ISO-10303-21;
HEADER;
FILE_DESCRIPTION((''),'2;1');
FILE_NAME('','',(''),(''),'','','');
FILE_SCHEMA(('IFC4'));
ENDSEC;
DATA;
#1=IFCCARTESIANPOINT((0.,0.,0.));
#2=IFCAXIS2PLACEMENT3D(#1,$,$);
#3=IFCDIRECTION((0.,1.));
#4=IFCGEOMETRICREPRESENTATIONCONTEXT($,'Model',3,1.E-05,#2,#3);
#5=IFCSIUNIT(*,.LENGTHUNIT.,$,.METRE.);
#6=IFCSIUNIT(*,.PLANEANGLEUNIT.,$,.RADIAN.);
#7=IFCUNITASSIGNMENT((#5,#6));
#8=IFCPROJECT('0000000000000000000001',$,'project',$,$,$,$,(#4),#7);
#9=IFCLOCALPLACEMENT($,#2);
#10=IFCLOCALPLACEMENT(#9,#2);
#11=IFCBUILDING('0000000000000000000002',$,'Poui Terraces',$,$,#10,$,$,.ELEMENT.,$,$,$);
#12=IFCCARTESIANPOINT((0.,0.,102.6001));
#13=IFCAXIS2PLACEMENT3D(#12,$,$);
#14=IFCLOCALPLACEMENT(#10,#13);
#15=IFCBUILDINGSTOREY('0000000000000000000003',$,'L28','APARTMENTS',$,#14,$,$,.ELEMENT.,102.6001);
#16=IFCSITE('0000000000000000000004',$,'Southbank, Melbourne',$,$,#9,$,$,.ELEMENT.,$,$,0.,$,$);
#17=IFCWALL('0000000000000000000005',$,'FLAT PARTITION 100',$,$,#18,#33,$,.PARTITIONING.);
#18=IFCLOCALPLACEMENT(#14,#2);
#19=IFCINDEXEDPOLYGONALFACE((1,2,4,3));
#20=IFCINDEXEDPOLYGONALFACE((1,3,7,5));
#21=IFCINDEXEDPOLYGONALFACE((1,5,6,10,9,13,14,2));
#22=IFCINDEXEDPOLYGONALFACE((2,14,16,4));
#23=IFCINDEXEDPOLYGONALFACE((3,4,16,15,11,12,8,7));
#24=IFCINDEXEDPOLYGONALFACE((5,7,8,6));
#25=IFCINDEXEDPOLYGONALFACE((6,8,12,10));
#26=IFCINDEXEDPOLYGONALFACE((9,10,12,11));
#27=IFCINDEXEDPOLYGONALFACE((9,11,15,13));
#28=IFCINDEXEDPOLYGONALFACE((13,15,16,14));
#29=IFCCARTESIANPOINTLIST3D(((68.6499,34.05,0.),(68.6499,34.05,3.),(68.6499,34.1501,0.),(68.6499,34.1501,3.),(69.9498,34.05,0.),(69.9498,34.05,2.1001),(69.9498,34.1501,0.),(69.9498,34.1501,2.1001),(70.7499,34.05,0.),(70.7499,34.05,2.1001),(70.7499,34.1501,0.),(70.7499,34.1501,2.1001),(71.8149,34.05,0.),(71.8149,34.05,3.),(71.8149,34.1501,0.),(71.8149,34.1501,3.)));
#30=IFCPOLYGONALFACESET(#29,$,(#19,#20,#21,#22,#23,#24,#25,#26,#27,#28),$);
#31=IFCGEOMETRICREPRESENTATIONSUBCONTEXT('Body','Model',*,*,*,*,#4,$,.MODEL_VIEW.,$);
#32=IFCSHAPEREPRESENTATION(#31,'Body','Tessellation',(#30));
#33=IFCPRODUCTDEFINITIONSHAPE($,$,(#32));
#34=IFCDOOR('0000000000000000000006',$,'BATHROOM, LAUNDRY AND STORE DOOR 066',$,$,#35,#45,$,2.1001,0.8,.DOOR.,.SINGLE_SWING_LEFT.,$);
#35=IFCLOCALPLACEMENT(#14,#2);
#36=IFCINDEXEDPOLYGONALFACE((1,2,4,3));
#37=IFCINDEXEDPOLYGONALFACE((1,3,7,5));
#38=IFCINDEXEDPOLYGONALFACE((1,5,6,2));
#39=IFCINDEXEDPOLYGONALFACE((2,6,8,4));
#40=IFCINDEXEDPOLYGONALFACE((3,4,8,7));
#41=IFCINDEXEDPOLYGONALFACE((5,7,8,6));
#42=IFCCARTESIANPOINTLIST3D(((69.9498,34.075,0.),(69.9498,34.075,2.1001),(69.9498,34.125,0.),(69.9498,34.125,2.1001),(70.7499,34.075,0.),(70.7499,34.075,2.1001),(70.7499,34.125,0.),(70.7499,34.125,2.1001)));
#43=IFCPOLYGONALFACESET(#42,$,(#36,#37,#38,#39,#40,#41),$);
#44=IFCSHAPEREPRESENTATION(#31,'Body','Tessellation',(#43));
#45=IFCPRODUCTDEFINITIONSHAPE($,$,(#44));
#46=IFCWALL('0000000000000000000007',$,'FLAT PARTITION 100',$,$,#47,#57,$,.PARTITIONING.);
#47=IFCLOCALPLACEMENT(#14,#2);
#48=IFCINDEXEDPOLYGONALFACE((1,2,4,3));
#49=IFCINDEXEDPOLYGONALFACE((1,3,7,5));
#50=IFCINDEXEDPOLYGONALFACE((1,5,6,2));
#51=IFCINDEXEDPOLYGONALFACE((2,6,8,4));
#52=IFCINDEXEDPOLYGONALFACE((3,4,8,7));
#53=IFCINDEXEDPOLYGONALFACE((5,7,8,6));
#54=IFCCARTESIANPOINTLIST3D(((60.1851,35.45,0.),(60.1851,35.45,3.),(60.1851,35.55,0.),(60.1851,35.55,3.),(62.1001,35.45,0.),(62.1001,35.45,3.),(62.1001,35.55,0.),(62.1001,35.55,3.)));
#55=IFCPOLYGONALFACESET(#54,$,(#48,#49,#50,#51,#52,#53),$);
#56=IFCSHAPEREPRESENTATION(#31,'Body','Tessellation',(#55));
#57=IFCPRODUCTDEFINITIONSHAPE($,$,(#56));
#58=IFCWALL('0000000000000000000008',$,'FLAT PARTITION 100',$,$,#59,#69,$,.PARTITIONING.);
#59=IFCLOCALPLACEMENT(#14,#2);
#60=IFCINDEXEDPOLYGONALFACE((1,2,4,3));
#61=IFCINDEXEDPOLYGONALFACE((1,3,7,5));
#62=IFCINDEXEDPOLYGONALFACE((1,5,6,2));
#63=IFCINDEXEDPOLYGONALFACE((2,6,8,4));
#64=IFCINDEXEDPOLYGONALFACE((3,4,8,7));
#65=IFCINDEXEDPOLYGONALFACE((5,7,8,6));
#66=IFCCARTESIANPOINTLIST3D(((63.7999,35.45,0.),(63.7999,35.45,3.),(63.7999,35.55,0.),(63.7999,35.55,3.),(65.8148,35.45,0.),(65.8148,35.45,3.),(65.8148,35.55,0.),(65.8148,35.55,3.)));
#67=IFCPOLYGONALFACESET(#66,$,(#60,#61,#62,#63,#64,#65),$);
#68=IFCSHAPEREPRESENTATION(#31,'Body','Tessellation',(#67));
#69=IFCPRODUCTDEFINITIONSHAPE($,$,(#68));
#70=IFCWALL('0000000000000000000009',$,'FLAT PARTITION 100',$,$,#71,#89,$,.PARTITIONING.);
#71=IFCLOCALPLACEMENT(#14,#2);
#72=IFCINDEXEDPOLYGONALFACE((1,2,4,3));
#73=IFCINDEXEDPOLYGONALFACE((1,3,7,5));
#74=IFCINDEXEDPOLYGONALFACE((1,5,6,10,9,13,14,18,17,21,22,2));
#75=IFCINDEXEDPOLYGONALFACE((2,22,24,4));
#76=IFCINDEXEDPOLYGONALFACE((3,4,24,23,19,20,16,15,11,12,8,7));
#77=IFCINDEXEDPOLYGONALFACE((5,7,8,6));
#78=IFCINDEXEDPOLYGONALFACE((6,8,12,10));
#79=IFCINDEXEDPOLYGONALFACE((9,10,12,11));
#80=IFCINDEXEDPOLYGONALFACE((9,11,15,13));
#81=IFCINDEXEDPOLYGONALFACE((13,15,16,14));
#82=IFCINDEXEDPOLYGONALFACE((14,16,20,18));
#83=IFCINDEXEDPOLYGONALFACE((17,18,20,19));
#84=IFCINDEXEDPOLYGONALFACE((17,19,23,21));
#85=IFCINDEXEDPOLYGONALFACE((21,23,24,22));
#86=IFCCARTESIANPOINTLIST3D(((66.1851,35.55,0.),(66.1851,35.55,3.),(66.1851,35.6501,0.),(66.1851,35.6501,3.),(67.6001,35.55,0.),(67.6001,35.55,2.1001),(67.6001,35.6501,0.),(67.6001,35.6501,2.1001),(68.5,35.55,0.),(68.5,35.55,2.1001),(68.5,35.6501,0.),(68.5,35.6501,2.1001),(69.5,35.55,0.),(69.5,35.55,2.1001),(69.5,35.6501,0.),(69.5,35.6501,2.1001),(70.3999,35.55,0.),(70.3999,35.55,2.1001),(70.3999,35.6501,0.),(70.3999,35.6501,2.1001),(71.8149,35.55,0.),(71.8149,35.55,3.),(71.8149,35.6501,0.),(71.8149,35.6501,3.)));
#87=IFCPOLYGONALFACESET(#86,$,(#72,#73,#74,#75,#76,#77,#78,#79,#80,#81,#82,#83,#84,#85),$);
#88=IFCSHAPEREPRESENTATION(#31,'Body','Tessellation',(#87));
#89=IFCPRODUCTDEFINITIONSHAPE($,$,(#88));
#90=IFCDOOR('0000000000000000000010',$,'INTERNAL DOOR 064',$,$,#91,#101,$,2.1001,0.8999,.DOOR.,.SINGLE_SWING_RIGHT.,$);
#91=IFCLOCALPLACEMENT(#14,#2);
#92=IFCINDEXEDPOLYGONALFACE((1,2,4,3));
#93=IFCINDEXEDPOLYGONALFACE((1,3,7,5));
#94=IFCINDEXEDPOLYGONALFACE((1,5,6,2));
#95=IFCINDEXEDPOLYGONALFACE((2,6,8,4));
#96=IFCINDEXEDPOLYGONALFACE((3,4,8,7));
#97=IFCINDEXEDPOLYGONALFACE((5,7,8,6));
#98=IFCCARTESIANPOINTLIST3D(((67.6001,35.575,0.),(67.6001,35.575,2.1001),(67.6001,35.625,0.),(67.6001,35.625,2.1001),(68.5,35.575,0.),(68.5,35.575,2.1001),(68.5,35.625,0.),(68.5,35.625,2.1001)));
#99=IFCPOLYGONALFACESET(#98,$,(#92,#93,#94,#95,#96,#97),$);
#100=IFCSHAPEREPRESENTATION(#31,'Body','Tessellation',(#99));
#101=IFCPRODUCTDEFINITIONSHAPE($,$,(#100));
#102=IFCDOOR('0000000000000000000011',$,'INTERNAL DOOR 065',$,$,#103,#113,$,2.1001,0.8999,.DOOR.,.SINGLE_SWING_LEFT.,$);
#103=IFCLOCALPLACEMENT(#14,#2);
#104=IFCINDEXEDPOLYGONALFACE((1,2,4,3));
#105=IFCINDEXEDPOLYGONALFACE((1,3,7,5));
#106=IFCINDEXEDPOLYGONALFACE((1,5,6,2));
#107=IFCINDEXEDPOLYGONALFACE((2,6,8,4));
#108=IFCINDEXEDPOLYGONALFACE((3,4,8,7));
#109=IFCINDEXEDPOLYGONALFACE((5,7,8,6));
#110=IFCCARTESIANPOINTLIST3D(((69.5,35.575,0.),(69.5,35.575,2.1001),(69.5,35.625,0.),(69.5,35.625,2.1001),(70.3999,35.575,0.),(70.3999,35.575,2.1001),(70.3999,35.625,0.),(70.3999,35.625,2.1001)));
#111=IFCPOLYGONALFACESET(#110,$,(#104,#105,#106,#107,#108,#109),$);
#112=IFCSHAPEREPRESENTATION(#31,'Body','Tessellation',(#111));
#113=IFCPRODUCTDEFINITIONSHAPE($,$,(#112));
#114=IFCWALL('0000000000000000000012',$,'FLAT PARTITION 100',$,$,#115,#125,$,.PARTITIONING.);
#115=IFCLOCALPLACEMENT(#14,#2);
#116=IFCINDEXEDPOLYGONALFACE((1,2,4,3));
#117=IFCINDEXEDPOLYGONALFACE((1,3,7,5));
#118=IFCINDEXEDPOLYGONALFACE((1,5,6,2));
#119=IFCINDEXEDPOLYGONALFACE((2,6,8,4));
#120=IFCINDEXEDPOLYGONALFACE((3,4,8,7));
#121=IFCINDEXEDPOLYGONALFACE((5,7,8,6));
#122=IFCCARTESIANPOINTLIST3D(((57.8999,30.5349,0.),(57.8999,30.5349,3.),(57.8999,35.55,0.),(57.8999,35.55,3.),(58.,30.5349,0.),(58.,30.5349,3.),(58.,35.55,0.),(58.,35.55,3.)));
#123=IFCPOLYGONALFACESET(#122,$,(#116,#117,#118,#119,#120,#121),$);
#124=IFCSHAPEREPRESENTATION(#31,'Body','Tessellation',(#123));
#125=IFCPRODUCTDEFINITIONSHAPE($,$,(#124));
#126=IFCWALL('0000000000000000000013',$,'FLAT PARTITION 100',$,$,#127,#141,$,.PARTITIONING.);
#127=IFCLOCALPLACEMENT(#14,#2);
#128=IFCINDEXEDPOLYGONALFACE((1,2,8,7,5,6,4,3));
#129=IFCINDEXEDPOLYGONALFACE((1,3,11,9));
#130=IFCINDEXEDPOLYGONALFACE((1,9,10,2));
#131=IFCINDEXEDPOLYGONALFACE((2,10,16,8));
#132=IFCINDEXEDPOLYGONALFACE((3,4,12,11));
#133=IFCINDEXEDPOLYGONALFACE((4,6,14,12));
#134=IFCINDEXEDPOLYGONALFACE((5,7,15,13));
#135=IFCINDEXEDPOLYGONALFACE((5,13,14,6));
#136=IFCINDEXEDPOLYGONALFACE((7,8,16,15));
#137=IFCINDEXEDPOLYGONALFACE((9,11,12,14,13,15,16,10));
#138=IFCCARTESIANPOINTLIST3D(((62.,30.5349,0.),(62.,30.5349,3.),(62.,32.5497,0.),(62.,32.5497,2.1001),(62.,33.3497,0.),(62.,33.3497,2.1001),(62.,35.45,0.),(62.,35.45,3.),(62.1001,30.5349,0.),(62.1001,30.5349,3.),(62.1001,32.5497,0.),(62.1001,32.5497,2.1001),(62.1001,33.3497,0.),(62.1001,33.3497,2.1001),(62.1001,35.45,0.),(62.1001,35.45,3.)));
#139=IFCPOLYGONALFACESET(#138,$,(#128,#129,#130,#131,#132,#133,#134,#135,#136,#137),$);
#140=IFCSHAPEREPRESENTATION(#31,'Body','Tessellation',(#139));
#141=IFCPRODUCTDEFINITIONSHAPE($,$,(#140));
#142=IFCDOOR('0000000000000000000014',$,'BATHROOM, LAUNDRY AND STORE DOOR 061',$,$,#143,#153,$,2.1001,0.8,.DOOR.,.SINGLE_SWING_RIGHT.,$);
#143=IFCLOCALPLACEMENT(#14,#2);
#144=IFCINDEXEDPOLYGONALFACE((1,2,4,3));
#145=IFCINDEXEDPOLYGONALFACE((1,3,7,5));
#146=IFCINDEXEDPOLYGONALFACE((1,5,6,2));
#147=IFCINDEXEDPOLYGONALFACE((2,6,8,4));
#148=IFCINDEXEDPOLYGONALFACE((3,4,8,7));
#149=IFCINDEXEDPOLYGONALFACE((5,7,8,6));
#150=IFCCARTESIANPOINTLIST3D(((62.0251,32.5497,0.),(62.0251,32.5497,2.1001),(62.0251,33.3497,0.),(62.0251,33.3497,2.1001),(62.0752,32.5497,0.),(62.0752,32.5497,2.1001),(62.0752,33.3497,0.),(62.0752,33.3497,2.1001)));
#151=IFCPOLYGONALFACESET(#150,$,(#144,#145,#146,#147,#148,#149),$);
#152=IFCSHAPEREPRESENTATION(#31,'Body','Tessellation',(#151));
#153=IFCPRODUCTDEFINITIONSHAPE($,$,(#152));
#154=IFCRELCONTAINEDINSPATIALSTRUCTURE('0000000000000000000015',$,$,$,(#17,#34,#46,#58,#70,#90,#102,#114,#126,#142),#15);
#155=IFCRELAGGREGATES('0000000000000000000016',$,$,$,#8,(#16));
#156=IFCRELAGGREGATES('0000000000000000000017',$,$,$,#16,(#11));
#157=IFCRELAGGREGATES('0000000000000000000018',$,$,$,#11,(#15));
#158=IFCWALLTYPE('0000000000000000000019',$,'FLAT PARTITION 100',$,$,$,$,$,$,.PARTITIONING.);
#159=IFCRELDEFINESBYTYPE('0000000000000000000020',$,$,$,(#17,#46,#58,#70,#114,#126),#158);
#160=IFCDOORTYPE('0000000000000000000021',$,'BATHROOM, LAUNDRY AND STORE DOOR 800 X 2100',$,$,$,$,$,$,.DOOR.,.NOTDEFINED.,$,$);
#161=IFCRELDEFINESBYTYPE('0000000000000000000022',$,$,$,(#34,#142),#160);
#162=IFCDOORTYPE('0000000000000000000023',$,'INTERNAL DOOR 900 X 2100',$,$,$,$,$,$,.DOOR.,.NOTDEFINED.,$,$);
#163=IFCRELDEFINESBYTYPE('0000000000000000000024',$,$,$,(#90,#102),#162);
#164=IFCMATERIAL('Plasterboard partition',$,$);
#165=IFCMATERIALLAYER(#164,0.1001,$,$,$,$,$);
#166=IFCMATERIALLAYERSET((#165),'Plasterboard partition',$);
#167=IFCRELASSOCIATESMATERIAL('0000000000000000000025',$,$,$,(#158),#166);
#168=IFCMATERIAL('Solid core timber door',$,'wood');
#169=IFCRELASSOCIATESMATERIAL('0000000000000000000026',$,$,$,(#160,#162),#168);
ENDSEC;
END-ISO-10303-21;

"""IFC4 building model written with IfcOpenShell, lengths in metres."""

from ifc_helpers import new_model, si_unit, direction, frame, frame_2d, origin, place, context, subcontext, project, spatial, rectangle, extrude, material, layer, layer_set, type_object, element, fill, save


model = new_model("IFC4")

# Units and contexts
model_context = context("Model", 3, precision=1e-05, world=origin(), true_north=direction((0.0, 1.0)))
body_context = subcontext(model_context, "Body", "Model", "MODEL_VIEW")
ifc_project = project(units=[si_unit("LENGTHUNIT", "METRE"), si_unit("PLANEANGLEUNIT", "RADIAN")], contexts=[model_context])

# Site, building, storey
site_placement = place(None, origin())
site = spatial("IfcSite", under=ifc_project, at=site_placement, Name="Southbank, Melbourne", CompositionType="ELEMENT", RefElevation=0.0)
building_placement = place(site_placement, origin())
building = spatial("IfcBuilding", under=site, at=building_placement, Name="Poui Terraces", CompositionType="ELEMENT")
storey_placement = place(building_placement, frame((0.0, 0.0, 102.6001)))
storey = spatial("IfcBuildingStorey", under=building, at=storey_placement, Name="L28", Description="APARTMENTS", CompositionType="ELEMENT", Elevation=102.6001)

# Wall, opening, door
ifc_material_1 = material(Name="Plasterboard partition")
ifc_layer_1 = layer(ifc_material_1, 0.1001)
ifc_layer_set_1 = layer_set([ifc_layer_1], Name="Plasterboard partition")
wall_type_1 = type_object("IfcWallType", Name="FLAT PARTITION 100", PredefinedType="PARTITIONING", material=ifc_layer_set_1)
wall_1_placement = place(storey_placement, frame((68.6499, 34.1001, 0.0), z_axis=(0.0, 0.0, 1.0), x_axis=(1.0, 0.0, 0.0)))
wall_1 = element("IfcWall", 1, at=wall_1_placement, inside=storey, type_object=wall_type_1, Name="FLAT PARTITION 100", PredefinedType="PARTITIONING", context=body_context, shape_type="SweptSolid", body=[
    extrude(rectangle(XDim=3.165, YDim=0.1001, at=frame_2d((1.5825, 0.0))), origin(), (0.0, 0.0, 1.0), 3.0),
])
opening_1_placement = place(wall_1_placement, frame((1.3, 0.0, 0.0)))
opening_1 = element("IfcOpeningElement", 2, at=opening_1_placement, cuts=wall_1, PredefinedType="OPENING", context=body_context, shape_type="SweptSolid", body=[
    extrude(rectangle(XDim=0.8, YDim=2.1001, at=frame_2d((0.3999, 1.05))), frame((0.0, 0.0601, 0.0), z_axis=(0.0, -1.0, 0.0), x_axis=(1.0, 0.0, 0.0)), (0.0, 0.0, 1.0), 0.1201),
])
ifc_material_2 = material(Name="Solid core timber door", Category="wood")
door_type_1 = type_object("IfcDoorType", Name="BATHROOM, LAUNDRY AND STORE DOOR 800 X 2100", OperationType="NOTDEFINED", PredefinedType="DOOR", material=ifc_material_2)
door_1_placement = place(opening_1_placement, origin())
door_1 = element("IfcDoor", 3, at=door_1_placement, inside=storey, type_object=door_type_1, Name="BATHROOM, LAUNDRY AND STORE DOOR 066", OperationType="SINGLE_SWING_LEFT", OverallHeight=2.1001, OverallWidth=0.8, PredefinedType="DOOR", context=body_context, shape_type="SweptSolid", body=[
    extrude(rectangle(XDim=0.8, YDim=2.1001, at=frame_2d((0.3999, 1.05))), frame((0.0, 0.0249, 0.0), z_axis=(0.0, -1.0, 0.0), x_axis=(1.0, 0.0, 0.0)), (0.0, 0.0, 1.0), 0.05),
])
fill(opening_1, door_1)

# Walls
wall_2_placement = place(storey_placement, frame((60.1851, 35.5, 0.0), z_axis=(0.0, 0.0, 1.0), x_axis=(1.0, 0.0, 0.0)))
element("IfcWall", 4, at=wall_2_placement, inside=storey, type_object=wall_type_1, Name="FLAT PARTITION 100", PredefinedType="PARTITIONING", context=body_context, shape_type="SweptSolid", body=[
    extrude(rectangle(XDim=1.915, YDim=0.1001, at=frame_2d((0.9575, 0.0))), origin(), (0.0, 0.0, 1.0), 3.0),
])
wall_3_placement = place(storey_placement, frame((63.8, 35.5, 0.0), z_axis=(0.0, 0.0, 1.0), x_axis=(1.0, 0.0, 0.0)))
element("IfcWall", 5, at=wall_3_placement, inside=storey, type_object=wall_type_1, Name="FLAT PARTITION 100", PredefinedType="PARTITIONING", context=body_context, shape_type="SweptSolid", body=[
    extrude(rectangle(XDim=2.0149, YDim=0.1001, at=frame_2d((1.0073, 0.0))), origin(), (0.0, 0.0, 1.0), 3.0),
])

# Wall, openings, doors
wall_4_placement = place(storey_placement, frame((66.1851, 35.6001, 0.0), z_axis=(0.0, 0.0, 1.0), x_axis=(1.0, 0.0, 0.0)))
wall_4 = element("IfcWall", 6, at=wall_4_placement, inside=storey, type_object=wall_type_1, Name="FLAT PARTITION 100", PredefinedType="PARTITIONING", context=body_context, shape_type="SweptSolid", body=[
    extrude(rectangle(XDim=5.6299, YDim=0.1001, at=frame_2d((2.8149, 0.0))), origin(), (0.0, 0.0, 1.0), 3.0),
])
opening_2_placement = place(wall_4_placement, frame((1.415, 0.0, 0.0)))
opening_2 = element("IfcOpeningElement", 7, at=opening_2_placement, cuts=wall_4, PredefinedType="OPENING", context=body_context, shape_type="SweptSolid", body=[
    extrude(rectangle(XDim=0.8999, YDim=2.1001, at=frame_2d((0.45, 1.05))), frame((0.0, 0.0601, 0.0), z_axis=(0.0, -1.0, 0.0), x_axis=(1.0, 0.0, 0.0)), (0.0, 0.0, 1.0), 0.1201),
])
opening_3_placement = place(wall_4_placement, frame((3.3149, 0.0, 0.0)))
opening_3 = element("IfcOpeningElement", 8, at=opening_3_placement, cuts=wall_4, PredefinedType="OPENING", context=body_context, shape_type="SweptSolid", body=[
    extrude(rectangle(XDim=0.8999, YDim=2.1001, at=frame_2d((0.45, 1.05))), frame((0.0, 0.0601, 0.0), z_axis=(0.0, -1.0, 0.0), x_axis=(1.0, 0.0, 0.0)), (0.0, 0.0, 1.0), 0.1201),
])
door_type_2 = type_object("IfcDoorType", Name="INTERNAL DOOR 900 X 2100", OperationType="NOTDEFINED", PredefinedType="DOOR", material=ifc_material_2)
door_2_placement = place(opening_2_placement, origin())
door_2 = element("IfcDoor", 9, at=door_2_placement, inside=storey, type_object=door_type_2, Name="INTERNAL DOOR 064", OperationType="SINGLE_SWING_RIGHT", OverallHeight=2.1001, OverallWidth=0.8999, PredefinedType="DOOR", context=body_context, shape_type="SweptSolid", body=[
    extrude(rectangle(XDim=0.8999, YDim=2.1001, at=frame_2d((0.45, 1.05))), frame((0.0, 0.0249, 0.0), z_axis=(0.0, -1.0, 0.0), x_axis=(1.0, 0.0, 0.0)), (0.0, 0.0, 1.0), 0.05),
])
fill(opening_2, door_2)
door_3_placement = place(opening_3_placement, origin())
door_3 = element("IfcDoor", 10, at=door_3_placement, inside=storey, type_object=door_type_2, Name="INTERNAL DOOR 065", OperationType="SINGLE_SWING_LEFT", OverallHeight=2.1001, OverallWidth=0.8999, PredefinedType="DOOR", context=body_context, shape_type="SweptSolid", body=[
    extrude(rectangle(XDim=0.8999, YDim=2.1001, at=frame_2d((0.45, 1.05))), frame((0.0, 0.0249, 0.0), z_axis=(0.0, -1.0, 0.0), x_axis=(1.0, 0.0, 0.0)), (0.0, 0.0, 1.0), 0.05),
])
fill(opening_3, door_3)

# Wall
wall_5_placement = place(storey_placement, frame((57.95, 30.5349, 0.0), z_axis=(0.0, 0.0, 1.0), x_axis=(0.0, 1.0, 0.0)))
element("IfcWall", 11, at=wall_5_placement, inside=storey, type_object=wall_type_1, Name="FLAT PARTITION 100", PredefinedType="PARTITIONING", context=body_context, shape_type="SweptSolid", body=[
    extrude(rectangle(XDim=5.0151, YDim=0.1001, at=frame_2d((2.5076, 0.0))), origin(), (0.0, 0.0, 1.0), 3.0),
])

# Wall, opening, door
wall_6_placement = place(storey_placement, frame((62.05, 30.5349, 0.0), z_axis=(0.0, 0.0, 1.0), x_axis=(0.0, 1.0, 0.0)))
wall_6 = element("IfcWall", 12, at=wall_6_placement, inside=storey, type_object=wall_type_1, Name="FLAT PARTITION 100", PredefinedType="PARTITIONING", context=body_context, shape_type="SweptSolid", body=[
    extrude(rectangle(XDim=4.915, YDim=0.1001, at=frame_2d((2.4575, 0.0))), origin(), (0.0, 0.0, 1.0), 3.0),
])
opening_4_placement = place(wall_6_placement, frame((2.0149, 0.0, 0.0)))
opening_4 = element("IfcOpeningElement", 13, at=opening_4_placement, cuts=wall_6, PredefinedType="OPENING", context=body_context, shape_type="SweptSolid", body=[
    extrude(rectangle(XDim=0.8, YDim=2.1001, at=frame_2d((0.3999, 1.05))), frame((0.0, 0.0601, 0.0), z_axis=(0.0, -1.0, 0.0), x_axis=(1.0, 0.0, 0.0)), (0.0, 0.0, 1.0), 0.1201),
])
door_4_placement = place(opening_4_placement, origin())
door_4 = element("IfcDoor", 14, at=door_4_placement, inside=storey, type_object=door_type_1, Name="BATHROOM, LAUNDRY AND STORE DOOR 061", OperationType="SINGLE_SWING_RIGHT", OverallHeight=2.1001, OverallWidth=0.8, PredefinedType="DOOR", context=body_context, shape_type="SweptSolid", body=[
    extrude(rectangle(XDim=0.8, YDim=2.1001, at=frame_2d((0.3999, 1.05))), frame((0.0, 0.0249, 0.0), z_axis=(0.0, -1.0, 0.0), x_axis=(1.0, 0.0, 0.0)), (0.0, 0.0, 1.0), 0.05),
])
fill(opening_4, door_4)

save(model, "model.ifc")
